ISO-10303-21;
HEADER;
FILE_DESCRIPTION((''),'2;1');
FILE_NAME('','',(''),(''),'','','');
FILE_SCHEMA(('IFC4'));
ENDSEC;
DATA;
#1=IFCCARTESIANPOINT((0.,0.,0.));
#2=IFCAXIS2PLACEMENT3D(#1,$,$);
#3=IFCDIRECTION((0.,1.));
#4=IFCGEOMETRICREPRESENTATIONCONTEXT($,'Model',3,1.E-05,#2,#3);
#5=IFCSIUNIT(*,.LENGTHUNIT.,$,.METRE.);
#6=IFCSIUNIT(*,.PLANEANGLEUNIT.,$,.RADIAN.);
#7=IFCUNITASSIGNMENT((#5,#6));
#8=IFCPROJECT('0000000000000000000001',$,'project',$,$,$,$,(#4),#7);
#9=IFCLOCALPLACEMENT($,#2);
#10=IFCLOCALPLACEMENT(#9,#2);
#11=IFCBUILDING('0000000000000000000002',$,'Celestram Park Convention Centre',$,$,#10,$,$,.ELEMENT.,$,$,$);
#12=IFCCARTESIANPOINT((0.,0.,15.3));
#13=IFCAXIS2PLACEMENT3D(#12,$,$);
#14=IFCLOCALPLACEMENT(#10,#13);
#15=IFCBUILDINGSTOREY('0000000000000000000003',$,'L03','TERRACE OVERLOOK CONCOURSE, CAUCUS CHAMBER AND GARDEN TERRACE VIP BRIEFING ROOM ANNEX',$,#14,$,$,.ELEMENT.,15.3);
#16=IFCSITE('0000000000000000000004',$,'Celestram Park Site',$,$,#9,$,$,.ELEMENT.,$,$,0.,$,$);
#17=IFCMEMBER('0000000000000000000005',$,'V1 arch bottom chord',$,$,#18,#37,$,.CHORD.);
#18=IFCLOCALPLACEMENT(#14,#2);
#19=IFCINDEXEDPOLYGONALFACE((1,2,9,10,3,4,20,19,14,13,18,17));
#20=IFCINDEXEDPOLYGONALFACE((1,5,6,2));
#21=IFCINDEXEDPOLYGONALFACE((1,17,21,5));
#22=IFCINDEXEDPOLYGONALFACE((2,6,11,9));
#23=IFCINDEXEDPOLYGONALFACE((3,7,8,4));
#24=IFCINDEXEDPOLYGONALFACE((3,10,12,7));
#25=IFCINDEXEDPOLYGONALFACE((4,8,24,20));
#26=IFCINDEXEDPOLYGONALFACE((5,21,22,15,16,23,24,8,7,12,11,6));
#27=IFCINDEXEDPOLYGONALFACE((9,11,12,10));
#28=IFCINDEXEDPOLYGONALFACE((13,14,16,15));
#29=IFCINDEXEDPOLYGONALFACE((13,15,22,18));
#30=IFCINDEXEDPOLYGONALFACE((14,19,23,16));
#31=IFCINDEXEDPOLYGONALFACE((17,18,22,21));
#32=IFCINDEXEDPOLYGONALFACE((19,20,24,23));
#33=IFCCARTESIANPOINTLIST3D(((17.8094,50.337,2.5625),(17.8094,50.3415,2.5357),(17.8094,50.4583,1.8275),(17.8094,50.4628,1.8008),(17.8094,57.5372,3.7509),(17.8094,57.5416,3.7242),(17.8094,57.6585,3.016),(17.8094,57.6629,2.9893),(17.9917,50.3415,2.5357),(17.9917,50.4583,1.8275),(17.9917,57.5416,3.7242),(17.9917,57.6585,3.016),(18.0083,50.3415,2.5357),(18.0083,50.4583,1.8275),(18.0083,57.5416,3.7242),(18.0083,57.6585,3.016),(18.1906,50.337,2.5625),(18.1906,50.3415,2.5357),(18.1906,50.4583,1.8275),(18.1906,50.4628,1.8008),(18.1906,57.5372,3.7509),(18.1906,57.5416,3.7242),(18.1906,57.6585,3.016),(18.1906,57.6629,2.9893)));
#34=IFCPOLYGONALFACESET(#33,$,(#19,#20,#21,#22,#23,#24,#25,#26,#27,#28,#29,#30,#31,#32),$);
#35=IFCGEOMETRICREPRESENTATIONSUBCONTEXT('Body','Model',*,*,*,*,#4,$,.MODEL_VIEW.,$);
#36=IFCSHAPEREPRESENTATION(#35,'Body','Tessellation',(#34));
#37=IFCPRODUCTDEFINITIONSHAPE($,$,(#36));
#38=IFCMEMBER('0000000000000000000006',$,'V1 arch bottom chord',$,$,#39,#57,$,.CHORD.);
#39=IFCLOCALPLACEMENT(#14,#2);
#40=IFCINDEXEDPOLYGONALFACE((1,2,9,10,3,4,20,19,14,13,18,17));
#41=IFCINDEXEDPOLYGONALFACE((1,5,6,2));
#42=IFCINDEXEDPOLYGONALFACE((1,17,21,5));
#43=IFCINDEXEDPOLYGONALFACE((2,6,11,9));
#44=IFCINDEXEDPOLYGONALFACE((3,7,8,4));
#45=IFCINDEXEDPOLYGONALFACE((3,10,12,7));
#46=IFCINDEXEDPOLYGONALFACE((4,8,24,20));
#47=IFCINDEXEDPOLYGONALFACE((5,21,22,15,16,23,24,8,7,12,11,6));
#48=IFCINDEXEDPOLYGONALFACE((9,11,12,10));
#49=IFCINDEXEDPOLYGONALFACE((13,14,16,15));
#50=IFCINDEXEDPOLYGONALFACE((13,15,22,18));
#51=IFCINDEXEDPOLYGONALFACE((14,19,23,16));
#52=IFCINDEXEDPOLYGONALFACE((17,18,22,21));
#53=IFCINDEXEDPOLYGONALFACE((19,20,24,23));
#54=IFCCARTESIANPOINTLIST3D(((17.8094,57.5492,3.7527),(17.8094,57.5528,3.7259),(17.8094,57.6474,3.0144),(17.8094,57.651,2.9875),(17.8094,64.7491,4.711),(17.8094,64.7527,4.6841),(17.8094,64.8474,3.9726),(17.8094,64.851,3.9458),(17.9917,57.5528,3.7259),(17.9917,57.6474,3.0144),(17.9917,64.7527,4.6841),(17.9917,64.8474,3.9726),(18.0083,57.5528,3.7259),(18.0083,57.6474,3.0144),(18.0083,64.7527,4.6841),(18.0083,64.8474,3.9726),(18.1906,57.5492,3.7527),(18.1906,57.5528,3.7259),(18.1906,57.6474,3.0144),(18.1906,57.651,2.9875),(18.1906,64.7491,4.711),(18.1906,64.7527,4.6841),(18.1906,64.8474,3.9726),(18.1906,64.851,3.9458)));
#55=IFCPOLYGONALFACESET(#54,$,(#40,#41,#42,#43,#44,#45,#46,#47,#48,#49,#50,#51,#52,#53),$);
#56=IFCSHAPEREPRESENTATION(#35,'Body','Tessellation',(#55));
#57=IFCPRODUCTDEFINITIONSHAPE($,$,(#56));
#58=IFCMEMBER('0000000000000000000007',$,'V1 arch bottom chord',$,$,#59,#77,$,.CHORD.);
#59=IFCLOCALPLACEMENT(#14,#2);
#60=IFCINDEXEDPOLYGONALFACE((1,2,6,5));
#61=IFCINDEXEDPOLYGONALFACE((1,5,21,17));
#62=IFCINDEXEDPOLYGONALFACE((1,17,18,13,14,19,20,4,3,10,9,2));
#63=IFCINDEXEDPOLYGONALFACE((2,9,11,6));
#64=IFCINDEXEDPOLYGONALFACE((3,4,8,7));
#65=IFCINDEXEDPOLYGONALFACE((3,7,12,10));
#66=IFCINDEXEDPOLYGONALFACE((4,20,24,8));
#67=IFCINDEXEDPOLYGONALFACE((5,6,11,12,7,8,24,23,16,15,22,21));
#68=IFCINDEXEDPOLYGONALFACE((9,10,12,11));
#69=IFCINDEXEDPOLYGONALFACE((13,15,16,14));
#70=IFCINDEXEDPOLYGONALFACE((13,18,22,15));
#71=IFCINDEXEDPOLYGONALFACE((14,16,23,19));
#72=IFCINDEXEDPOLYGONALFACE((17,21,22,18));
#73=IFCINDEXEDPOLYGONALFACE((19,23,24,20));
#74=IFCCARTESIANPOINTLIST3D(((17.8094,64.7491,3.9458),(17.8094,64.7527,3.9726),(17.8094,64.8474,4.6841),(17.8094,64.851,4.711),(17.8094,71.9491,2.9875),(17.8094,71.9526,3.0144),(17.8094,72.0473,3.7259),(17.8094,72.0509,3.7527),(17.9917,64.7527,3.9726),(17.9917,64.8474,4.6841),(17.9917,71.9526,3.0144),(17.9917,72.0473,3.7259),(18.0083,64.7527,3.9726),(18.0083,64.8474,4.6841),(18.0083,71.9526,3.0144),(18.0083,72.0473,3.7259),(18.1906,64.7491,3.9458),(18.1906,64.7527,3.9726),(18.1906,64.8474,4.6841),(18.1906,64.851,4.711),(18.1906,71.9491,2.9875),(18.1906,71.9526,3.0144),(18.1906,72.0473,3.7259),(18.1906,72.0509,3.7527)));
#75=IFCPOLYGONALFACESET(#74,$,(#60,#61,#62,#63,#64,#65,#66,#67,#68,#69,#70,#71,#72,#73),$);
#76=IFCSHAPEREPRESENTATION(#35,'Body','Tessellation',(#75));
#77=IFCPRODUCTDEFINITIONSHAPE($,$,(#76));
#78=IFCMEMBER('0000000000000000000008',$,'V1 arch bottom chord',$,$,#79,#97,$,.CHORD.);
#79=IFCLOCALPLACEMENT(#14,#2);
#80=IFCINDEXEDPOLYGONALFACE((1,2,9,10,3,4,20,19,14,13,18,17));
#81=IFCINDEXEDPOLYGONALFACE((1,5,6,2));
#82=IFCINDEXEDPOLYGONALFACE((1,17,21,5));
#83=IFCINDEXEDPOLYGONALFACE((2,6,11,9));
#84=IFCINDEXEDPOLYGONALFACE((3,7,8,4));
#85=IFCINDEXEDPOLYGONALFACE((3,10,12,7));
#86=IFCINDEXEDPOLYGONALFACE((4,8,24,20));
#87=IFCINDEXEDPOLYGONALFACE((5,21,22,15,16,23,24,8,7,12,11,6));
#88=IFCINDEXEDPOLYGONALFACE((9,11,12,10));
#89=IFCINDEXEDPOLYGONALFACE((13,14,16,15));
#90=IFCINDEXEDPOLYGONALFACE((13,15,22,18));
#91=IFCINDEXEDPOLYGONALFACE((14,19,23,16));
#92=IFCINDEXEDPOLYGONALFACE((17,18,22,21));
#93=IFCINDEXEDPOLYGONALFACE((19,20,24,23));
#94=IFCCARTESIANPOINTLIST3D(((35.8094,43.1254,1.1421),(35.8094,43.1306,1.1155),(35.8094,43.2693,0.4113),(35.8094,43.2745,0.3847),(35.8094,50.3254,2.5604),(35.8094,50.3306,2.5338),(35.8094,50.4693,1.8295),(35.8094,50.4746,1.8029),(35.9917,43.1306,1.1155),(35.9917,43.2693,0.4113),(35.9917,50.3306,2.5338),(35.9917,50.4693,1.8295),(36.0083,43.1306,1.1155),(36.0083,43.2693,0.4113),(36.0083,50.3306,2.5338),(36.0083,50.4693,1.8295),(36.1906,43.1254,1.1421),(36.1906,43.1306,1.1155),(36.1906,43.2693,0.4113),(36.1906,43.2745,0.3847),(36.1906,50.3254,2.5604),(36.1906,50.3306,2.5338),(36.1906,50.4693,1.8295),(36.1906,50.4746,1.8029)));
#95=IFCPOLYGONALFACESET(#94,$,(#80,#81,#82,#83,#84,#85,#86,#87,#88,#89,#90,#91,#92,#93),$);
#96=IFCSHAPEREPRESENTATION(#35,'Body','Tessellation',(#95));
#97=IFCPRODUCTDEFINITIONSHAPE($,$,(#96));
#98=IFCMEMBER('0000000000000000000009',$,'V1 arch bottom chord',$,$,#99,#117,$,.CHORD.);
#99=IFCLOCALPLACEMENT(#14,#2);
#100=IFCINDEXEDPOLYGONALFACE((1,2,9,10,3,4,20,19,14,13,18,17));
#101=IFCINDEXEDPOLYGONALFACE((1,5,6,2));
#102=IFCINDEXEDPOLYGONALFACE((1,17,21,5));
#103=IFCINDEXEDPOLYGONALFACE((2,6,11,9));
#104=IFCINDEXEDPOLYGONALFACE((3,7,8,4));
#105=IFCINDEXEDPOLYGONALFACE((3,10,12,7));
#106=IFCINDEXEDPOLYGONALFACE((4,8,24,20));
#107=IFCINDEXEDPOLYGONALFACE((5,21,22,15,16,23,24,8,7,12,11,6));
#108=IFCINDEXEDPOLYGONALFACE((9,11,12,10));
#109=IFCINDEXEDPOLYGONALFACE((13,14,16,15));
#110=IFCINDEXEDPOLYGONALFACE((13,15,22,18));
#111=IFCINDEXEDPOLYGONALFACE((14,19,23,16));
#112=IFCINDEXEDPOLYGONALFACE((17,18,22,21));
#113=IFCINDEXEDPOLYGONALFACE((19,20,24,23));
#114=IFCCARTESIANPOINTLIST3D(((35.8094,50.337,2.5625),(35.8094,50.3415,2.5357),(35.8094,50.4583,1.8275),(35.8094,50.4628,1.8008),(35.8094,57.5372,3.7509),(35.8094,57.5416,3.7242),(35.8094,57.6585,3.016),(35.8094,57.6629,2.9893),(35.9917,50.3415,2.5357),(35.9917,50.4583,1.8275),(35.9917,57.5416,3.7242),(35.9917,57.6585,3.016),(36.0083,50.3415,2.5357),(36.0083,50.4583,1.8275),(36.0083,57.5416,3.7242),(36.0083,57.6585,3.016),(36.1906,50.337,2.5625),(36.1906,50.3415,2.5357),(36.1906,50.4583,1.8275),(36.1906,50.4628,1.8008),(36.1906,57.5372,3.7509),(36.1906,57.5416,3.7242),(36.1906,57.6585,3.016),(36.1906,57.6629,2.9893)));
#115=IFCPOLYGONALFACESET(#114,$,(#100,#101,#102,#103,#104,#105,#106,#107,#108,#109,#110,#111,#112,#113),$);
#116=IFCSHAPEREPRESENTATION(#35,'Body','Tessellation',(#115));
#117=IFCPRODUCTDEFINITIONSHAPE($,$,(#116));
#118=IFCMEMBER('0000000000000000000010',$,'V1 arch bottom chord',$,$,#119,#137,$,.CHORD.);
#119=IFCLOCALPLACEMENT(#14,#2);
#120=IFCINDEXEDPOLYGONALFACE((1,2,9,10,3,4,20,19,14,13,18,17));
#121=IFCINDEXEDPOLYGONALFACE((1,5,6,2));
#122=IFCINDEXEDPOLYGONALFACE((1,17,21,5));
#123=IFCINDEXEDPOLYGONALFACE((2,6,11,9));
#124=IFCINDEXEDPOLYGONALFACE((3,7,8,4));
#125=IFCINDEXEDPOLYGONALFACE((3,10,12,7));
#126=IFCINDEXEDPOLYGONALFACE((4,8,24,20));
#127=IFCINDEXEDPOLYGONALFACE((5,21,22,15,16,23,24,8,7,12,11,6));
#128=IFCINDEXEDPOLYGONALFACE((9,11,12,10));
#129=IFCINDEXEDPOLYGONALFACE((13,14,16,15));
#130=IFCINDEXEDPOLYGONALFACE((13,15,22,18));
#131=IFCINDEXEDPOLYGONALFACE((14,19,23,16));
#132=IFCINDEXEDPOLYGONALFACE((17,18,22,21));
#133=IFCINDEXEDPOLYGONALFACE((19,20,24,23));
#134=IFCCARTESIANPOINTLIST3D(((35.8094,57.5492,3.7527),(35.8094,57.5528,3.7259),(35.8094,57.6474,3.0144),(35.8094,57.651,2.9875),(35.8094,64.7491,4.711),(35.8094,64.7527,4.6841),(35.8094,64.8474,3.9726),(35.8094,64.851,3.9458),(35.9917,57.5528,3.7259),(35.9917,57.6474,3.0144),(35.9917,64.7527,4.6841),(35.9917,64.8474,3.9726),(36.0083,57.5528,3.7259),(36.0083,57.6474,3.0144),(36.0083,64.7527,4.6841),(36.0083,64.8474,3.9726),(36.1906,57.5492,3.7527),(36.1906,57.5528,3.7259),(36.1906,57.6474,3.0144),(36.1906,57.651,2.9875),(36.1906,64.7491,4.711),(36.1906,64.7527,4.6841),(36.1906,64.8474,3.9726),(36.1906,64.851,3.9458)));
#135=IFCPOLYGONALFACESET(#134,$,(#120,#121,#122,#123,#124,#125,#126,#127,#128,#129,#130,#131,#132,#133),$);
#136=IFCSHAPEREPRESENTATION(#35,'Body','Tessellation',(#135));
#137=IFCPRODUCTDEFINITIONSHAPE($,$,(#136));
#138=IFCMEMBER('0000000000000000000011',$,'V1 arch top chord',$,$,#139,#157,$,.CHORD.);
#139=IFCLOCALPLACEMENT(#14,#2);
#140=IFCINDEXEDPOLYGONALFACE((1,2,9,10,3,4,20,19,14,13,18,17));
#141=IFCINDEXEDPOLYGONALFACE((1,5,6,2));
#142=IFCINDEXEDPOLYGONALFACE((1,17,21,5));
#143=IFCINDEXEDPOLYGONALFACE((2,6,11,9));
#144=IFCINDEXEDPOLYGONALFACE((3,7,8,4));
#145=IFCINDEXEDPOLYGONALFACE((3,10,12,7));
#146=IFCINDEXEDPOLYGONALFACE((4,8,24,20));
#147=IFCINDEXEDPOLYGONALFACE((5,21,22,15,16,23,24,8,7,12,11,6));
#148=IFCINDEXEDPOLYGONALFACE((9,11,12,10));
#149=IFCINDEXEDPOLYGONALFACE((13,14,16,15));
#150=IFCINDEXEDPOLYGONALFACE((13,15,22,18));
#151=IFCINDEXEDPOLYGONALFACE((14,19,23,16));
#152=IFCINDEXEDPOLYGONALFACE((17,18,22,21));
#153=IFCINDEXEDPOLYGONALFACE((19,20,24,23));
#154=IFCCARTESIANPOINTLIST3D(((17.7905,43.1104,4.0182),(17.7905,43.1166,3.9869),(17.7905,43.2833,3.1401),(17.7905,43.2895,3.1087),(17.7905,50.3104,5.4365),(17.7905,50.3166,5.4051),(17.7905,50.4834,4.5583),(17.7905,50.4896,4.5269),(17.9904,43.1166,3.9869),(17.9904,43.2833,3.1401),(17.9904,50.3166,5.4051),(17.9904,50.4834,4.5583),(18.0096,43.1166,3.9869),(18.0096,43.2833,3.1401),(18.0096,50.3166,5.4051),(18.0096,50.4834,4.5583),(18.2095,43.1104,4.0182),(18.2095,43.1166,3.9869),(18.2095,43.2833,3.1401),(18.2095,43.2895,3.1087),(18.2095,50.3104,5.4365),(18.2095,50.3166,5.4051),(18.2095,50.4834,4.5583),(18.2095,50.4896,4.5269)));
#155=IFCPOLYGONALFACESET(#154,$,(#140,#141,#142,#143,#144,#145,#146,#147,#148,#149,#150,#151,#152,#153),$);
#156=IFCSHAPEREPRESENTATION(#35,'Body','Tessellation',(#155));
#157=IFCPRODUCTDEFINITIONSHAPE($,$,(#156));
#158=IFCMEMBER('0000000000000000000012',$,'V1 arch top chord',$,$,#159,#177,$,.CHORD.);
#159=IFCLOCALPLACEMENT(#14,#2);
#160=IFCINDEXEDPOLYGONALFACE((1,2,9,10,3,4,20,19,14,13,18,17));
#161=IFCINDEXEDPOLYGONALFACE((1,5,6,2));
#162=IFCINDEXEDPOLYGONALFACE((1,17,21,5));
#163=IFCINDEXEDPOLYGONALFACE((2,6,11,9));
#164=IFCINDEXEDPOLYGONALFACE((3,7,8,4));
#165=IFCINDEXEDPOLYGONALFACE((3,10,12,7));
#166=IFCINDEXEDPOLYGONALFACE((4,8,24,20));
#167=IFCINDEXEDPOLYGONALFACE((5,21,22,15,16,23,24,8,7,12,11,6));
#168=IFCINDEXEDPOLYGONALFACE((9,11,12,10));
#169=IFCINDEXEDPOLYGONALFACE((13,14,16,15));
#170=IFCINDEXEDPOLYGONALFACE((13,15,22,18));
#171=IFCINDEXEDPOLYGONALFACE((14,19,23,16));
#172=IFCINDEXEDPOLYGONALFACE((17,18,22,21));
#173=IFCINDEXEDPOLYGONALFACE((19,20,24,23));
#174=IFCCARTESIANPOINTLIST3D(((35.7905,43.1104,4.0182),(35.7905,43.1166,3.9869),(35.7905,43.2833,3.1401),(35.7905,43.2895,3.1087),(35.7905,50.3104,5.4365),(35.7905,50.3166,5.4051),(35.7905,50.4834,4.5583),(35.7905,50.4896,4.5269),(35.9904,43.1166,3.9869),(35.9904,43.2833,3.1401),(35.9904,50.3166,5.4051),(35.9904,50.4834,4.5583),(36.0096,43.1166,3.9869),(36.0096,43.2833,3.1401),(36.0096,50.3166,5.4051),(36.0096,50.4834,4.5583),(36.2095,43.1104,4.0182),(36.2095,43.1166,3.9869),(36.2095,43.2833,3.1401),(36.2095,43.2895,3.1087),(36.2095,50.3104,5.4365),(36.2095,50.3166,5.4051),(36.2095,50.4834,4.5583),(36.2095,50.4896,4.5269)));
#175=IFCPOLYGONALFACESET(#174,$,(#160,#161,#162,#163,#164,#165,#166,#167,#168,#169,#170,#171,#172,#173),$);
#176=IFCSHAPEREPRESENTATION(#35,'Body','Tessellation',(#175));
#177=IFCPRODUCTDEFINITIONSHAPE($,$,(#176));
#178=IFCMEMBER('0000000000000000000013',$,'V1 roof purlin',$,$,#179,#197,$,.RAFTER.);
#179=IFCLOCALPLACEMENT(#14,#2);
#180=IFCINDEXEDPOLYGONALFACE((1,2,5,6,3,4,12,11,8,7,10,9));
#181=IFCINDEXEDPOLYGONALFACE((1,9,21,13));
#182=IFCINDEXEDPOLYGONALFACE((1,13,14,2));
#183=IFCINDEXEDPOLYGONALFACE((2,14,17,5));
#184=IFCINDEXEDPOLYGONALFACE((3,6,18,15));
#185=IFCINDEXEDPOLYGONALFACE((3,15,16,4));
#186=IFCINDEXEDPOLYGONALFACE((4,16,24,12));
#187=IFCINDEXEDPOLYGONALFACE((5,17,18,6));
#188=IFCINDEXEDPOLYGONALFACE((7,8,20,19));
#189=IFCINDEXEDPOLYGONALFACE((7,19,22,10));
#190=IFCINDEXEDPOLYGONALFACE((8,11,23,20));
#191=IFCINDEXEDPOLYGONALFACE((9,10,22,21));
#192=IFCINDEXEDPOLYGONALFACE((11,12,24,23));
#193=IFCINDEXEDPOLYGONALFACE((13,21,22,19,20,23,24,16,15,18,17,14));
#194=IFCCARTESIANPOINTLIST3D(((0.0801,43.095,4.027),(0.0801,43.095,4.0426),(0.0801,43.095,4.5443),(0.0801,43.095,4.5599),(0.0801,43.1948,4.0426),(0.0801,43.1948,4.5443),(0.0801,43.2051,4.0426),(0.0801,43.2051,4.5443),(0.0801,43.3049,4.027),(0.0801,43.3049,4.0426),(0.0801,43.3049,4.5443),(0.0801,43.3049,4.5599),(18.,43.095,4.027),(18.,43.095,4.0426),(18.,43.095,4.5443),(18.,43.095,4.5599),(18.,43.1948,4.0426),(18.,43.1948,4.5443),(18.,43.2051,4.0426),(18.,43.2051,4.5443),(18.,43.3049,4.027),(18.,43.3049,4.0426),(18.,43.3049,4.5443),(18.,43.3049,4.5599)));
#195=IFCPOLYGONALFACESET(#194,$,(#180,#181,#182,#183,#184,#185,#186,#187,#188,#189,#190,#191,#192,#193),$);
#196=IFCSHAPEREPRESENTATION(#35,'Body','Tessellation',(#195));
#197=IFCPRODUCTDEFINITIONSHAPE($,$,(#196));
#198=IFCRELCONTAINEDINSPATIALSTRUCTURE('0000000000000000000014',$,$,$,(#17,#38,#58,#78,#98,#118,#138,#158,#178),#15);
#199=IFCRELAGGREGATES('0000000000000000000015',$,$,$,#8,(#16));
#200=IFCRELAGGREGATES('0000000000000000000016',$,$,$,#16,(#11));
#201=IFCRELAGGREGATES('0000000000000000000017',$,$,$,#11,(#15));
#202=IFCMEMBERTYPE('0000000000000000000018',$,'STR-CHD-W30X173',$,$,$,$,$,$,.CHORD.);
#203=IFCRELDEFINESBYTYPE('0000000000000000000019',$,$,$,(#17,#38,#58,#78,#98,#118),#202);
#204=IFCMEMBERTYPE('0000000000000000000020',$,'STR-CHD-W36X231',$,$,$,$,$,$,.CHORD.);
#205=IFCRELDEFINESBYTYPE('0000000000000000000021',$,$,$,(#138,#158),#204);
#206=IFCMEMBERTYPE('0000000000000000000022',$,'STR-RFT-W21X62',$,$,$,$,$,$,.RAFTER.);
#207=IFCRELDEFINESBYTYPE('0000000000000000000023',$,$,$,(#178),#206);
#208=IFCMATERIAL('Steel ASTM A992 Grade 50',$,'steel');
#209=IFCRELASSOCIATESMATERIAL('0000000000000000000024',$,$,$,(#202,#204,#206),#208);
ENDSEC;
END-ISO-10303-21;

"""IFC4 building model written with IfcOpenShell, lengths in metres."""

from ifc_helpers import new_model, si_unit, direction, frame, origin, origin_2d, place, context, subcontext, project, spatial, i_section, extrude, material, material_profile, profile_set, type_object, element, save


model = new_model("IFC4")

# Units and contexts
model_context = context("Model", 3, precision=1e-05, world=origin(), true_north=direction((0.0, 1.0)))
body_context = subcontext(model_context, "Body", "Model", "MODEL_VIEW")
ifc_project = project(units=[si_unit("LENGTHUNIT", "METRE"), si_unit("PLANEANGLEUNIT", "RADIAN")], contexts=[model_context])

# Site, building, storey
site_placement = place(None, origin())
site = spatial("IfcSite", under=ifc_project, at=site_placement, Name="Celestram Park Site", CompositionType="ELEMENT", RefElevation=0.0)
building_placement = place(site_placement, origin())
building = spatial("IfcBuilding", under=site, at=building_placement, Name="Celestram Park Convention Centre", CompositionType="ELEMENT")
storey_placement = place(building_placement, frame((0.0, 0.0, 15.3)))
storey = spatial("IfcBuildingStorey", under=building, at=storey_placement, Name="L03", Description="TERRACE OVERLOOK CONCOURSE, CAUCUS CHAMBER AND GARDEN TERRACE VIP BRIEFING ROOM ANNEX", CompositionType="ELEMENT", Elevation=15.3)

# Members
ifc_material_1 = material(Name="Steel ASTM A992 Grade 50", Category="steel")
ifc_material_profile_1 = material_profile(ifc_material_1, i_section(OverallWidth=0.3811, OverallDepth=0.772, WebThickness=0.0166, FlangeThickness=0.0271, at=origin_2d()), Name="W30X173")
ifc_profile_set_1 = profile_set([ifc_material_profile_1], Name="Steel ASTM A992 Grade 50")
member_type_1 = type_object("IfcMemberType", Name="STR-CHD-W30X173", PredefinedType="CHORD", material=ifc_profile_set_1)
member_1_placement = place(storey_placement, frame((18.0, 50.3999, 2.1816), z_axis=(0.0, 0.98665, 0.162858), x_axis=(-1.0, 0.0, 0.0)))
element("IfcMember", 1, at=member_1_placement, inside=storey, type_object=member_type_1, Name="V1 arch bottom chord", PredefinedType="CHORD", context=body_context, shape_type="SweptSolid", body=[
    extrude(i_section(OverallWidth=0.3811, OverallDepth=0.772, WebThickness=0.0166, FlangeThickness=0.0271, at=origin_2d()), origin(), (0.0, 0.0, 1.0), 7.2976),
])
for number, where, z_axis, x_axis, name in (
    (2, (18.0, 57.6001, 3.3701), (0.0, 0.991259, 0.131928), (-1.0, 0.0, 0.0), "V1 arch bottom chord"),
    (3, (18.0, 64.8, 4.3284), (0.0, 0.991259, -0.131928), (-1.0, 0.0, 0.0), "V1 arch bottom chord"),
):
    element("IfcMember", number, at=place(storey_placement, frame(where, z_axis=z_axis, x_axis=x_axis)), inside=storey, type_object=member_type_1, Name=name, PredefinedType="CHORD", context=body_context, shape_type="SweptSolid", body=[
        extrude(i_section(OverallWidth=0.3811, OverallDepth=0.772, WebThickness=0.0166, FlangeThickness=0.0271, at=origin_2d()), origin(), (0.0, 0.0, 1.0), 7.2634),
    ])
member_2_placement = place(storey_placement, frame((36.0, 43.2, 0.7634), z_axis=(0.0, 0.981147, 0.193262), x_axis=(-1.0, 0.0, 0.0)))
element("IfcMember", 4, at=member_2_placement, inside=storey, type_object=member_type_1, Name="V1 arch bottom chord", PredefinedType="CHORD", context=body_context, shape_type="SweptSolid", body=[
    extrude(i_section(OverallWidth=0.3811, OverallDepth=0.772, WebThickness=0.0166, FlangeThickness=0.0271, at=origin_2d()), origin(), (0.0, 0.0, 1.0), 7.3384),
])
member_3_placement = place(storey_placement, frame((36.0, 50.3999, 2.1816), z_axis=(0.0, 0.98665, 0.162858), x_axis=(-1.0, 0.0, 0.0)))
element("IfcMember", 5, at=member_3_placement, inside=storey, type_object=member_type_1, Name="V1 arch bottom chord", PredefinedType="CHORD", context=body_context, shape_type="SweptSolid", body=[
    extrude(i_section(OverallWidth=0.3811, OverallDepth=0.772, WebThickness=0.0166, FlangeThickness=0.0271, at=origin_2d()), origin(), (0.0, 0.0, 1.0), 7.2976),
])
member_4_placement = place(storey_placement, frame((36.0, 57.6001, 3.3701), z_axis=(0.0, 0.991259, 0.131928), x_axis=(-1.0, 0.0, 0.0)))
element("IfcMember", 6, at=member_4_placement, inside=storey, type_object=member_type_1, Name="V1 arch bottom chord", PredefinedType="CHORD", context=body_context, shape_type="SweptSolid", body=[
    extrude(i_section(OverallWidth=0.3811, OverallDepth=0.772, WebThickness=0.0166, FlangeThickness=0.0271, at=origin_2d()), origin(), (0.0, 0.0, 1.0), 7.2634),
])
ifc_material_profile_2 = material_profile(ifc_material_1, i_section(OverallWidth=0.4189, OverallDepth=0.927, WebThickness=0.0193, FlangeThickness=0.032, at=origin_2d()), Name="W36X231")
ifc_profile_set_2 = profile_set([ifc_material_profile_2], Name="Steel ASTM A992 Grade 50")
member_type_2 = type_object("IfcMemberType", Name="STR-CHD-W36X231", PredefinedType="CHORD", material=ifc_profile_set_2)
for number, where, z_axis, x_axis, name in (
    (7, (18.0, 43.2, 3.5635), (0.0, 0.981147, 0.193262), (-1.0, 0.0, 0.0), "V1 arch top chord"),
    (8, (36.0, 43.2, 3.5635), (0.0, 0.981147, 0.193262), (-1.0, 0.0, 0.0), "V1 arch top chord"),
):
    element("IfcMember", number, at=place(storey_placement, frame(where, z_axis=z_axis, x_axis=x_axis)), inside=storey, type_object=member_type_2, Name=name, PredefinedType="CHORD", context=body_context, shape_type="SweptSolid", body=[
        extrude(i_section(OverallWidth=0.4189, OverallDepth=0.927, WebThickness=0.0193, FlangeThickness=0.032, at=origin_2d()), origin(), (0.0, 0.0, 1.0), 7.3384),
    ])
ifc_material_profile_3 = material_profile(ifc_material_1, i_section(OverallWidth=0.21, OverallDepth=0.533, WebThickness=0.0103, FlangeThickness=0.0156, at=origin_2d()), Name="W21X62")
ifc_profile_set_3 = profile_set([ifc_material_profile_3], Name="Steel ASTM A992 Grade 50")
member_type_3 = type_object("IfcMemberType", Name="STR-RFT-W21X62", PredefinedType="RAFTER", material=ifc_profile_set_3)
member_5_placement = place(storey_placement, frame((0.0801, 43.2, 4.2935), z_axis=(1.0, 0.0, 0.0), x_axis=(0.0, 1.0, 0.0)))
element("IfcMember", 9, at=member_5_placement, inside=storey, type_object=member_type_3, Name="V1 roof purlin", PredefinedType="RAFTER", context=body_context, shape_type="SweptSolid", body=[
    extrude(i_section(OverallWidth=0.21, OverallDepth=0.533, WebThickness=0.0103, FlangeThickness=0.0156, at=origin_2d()), origin(), (0.0, 0.0, 1.0), 17.9199),
])

save(model, "model.ifc")
